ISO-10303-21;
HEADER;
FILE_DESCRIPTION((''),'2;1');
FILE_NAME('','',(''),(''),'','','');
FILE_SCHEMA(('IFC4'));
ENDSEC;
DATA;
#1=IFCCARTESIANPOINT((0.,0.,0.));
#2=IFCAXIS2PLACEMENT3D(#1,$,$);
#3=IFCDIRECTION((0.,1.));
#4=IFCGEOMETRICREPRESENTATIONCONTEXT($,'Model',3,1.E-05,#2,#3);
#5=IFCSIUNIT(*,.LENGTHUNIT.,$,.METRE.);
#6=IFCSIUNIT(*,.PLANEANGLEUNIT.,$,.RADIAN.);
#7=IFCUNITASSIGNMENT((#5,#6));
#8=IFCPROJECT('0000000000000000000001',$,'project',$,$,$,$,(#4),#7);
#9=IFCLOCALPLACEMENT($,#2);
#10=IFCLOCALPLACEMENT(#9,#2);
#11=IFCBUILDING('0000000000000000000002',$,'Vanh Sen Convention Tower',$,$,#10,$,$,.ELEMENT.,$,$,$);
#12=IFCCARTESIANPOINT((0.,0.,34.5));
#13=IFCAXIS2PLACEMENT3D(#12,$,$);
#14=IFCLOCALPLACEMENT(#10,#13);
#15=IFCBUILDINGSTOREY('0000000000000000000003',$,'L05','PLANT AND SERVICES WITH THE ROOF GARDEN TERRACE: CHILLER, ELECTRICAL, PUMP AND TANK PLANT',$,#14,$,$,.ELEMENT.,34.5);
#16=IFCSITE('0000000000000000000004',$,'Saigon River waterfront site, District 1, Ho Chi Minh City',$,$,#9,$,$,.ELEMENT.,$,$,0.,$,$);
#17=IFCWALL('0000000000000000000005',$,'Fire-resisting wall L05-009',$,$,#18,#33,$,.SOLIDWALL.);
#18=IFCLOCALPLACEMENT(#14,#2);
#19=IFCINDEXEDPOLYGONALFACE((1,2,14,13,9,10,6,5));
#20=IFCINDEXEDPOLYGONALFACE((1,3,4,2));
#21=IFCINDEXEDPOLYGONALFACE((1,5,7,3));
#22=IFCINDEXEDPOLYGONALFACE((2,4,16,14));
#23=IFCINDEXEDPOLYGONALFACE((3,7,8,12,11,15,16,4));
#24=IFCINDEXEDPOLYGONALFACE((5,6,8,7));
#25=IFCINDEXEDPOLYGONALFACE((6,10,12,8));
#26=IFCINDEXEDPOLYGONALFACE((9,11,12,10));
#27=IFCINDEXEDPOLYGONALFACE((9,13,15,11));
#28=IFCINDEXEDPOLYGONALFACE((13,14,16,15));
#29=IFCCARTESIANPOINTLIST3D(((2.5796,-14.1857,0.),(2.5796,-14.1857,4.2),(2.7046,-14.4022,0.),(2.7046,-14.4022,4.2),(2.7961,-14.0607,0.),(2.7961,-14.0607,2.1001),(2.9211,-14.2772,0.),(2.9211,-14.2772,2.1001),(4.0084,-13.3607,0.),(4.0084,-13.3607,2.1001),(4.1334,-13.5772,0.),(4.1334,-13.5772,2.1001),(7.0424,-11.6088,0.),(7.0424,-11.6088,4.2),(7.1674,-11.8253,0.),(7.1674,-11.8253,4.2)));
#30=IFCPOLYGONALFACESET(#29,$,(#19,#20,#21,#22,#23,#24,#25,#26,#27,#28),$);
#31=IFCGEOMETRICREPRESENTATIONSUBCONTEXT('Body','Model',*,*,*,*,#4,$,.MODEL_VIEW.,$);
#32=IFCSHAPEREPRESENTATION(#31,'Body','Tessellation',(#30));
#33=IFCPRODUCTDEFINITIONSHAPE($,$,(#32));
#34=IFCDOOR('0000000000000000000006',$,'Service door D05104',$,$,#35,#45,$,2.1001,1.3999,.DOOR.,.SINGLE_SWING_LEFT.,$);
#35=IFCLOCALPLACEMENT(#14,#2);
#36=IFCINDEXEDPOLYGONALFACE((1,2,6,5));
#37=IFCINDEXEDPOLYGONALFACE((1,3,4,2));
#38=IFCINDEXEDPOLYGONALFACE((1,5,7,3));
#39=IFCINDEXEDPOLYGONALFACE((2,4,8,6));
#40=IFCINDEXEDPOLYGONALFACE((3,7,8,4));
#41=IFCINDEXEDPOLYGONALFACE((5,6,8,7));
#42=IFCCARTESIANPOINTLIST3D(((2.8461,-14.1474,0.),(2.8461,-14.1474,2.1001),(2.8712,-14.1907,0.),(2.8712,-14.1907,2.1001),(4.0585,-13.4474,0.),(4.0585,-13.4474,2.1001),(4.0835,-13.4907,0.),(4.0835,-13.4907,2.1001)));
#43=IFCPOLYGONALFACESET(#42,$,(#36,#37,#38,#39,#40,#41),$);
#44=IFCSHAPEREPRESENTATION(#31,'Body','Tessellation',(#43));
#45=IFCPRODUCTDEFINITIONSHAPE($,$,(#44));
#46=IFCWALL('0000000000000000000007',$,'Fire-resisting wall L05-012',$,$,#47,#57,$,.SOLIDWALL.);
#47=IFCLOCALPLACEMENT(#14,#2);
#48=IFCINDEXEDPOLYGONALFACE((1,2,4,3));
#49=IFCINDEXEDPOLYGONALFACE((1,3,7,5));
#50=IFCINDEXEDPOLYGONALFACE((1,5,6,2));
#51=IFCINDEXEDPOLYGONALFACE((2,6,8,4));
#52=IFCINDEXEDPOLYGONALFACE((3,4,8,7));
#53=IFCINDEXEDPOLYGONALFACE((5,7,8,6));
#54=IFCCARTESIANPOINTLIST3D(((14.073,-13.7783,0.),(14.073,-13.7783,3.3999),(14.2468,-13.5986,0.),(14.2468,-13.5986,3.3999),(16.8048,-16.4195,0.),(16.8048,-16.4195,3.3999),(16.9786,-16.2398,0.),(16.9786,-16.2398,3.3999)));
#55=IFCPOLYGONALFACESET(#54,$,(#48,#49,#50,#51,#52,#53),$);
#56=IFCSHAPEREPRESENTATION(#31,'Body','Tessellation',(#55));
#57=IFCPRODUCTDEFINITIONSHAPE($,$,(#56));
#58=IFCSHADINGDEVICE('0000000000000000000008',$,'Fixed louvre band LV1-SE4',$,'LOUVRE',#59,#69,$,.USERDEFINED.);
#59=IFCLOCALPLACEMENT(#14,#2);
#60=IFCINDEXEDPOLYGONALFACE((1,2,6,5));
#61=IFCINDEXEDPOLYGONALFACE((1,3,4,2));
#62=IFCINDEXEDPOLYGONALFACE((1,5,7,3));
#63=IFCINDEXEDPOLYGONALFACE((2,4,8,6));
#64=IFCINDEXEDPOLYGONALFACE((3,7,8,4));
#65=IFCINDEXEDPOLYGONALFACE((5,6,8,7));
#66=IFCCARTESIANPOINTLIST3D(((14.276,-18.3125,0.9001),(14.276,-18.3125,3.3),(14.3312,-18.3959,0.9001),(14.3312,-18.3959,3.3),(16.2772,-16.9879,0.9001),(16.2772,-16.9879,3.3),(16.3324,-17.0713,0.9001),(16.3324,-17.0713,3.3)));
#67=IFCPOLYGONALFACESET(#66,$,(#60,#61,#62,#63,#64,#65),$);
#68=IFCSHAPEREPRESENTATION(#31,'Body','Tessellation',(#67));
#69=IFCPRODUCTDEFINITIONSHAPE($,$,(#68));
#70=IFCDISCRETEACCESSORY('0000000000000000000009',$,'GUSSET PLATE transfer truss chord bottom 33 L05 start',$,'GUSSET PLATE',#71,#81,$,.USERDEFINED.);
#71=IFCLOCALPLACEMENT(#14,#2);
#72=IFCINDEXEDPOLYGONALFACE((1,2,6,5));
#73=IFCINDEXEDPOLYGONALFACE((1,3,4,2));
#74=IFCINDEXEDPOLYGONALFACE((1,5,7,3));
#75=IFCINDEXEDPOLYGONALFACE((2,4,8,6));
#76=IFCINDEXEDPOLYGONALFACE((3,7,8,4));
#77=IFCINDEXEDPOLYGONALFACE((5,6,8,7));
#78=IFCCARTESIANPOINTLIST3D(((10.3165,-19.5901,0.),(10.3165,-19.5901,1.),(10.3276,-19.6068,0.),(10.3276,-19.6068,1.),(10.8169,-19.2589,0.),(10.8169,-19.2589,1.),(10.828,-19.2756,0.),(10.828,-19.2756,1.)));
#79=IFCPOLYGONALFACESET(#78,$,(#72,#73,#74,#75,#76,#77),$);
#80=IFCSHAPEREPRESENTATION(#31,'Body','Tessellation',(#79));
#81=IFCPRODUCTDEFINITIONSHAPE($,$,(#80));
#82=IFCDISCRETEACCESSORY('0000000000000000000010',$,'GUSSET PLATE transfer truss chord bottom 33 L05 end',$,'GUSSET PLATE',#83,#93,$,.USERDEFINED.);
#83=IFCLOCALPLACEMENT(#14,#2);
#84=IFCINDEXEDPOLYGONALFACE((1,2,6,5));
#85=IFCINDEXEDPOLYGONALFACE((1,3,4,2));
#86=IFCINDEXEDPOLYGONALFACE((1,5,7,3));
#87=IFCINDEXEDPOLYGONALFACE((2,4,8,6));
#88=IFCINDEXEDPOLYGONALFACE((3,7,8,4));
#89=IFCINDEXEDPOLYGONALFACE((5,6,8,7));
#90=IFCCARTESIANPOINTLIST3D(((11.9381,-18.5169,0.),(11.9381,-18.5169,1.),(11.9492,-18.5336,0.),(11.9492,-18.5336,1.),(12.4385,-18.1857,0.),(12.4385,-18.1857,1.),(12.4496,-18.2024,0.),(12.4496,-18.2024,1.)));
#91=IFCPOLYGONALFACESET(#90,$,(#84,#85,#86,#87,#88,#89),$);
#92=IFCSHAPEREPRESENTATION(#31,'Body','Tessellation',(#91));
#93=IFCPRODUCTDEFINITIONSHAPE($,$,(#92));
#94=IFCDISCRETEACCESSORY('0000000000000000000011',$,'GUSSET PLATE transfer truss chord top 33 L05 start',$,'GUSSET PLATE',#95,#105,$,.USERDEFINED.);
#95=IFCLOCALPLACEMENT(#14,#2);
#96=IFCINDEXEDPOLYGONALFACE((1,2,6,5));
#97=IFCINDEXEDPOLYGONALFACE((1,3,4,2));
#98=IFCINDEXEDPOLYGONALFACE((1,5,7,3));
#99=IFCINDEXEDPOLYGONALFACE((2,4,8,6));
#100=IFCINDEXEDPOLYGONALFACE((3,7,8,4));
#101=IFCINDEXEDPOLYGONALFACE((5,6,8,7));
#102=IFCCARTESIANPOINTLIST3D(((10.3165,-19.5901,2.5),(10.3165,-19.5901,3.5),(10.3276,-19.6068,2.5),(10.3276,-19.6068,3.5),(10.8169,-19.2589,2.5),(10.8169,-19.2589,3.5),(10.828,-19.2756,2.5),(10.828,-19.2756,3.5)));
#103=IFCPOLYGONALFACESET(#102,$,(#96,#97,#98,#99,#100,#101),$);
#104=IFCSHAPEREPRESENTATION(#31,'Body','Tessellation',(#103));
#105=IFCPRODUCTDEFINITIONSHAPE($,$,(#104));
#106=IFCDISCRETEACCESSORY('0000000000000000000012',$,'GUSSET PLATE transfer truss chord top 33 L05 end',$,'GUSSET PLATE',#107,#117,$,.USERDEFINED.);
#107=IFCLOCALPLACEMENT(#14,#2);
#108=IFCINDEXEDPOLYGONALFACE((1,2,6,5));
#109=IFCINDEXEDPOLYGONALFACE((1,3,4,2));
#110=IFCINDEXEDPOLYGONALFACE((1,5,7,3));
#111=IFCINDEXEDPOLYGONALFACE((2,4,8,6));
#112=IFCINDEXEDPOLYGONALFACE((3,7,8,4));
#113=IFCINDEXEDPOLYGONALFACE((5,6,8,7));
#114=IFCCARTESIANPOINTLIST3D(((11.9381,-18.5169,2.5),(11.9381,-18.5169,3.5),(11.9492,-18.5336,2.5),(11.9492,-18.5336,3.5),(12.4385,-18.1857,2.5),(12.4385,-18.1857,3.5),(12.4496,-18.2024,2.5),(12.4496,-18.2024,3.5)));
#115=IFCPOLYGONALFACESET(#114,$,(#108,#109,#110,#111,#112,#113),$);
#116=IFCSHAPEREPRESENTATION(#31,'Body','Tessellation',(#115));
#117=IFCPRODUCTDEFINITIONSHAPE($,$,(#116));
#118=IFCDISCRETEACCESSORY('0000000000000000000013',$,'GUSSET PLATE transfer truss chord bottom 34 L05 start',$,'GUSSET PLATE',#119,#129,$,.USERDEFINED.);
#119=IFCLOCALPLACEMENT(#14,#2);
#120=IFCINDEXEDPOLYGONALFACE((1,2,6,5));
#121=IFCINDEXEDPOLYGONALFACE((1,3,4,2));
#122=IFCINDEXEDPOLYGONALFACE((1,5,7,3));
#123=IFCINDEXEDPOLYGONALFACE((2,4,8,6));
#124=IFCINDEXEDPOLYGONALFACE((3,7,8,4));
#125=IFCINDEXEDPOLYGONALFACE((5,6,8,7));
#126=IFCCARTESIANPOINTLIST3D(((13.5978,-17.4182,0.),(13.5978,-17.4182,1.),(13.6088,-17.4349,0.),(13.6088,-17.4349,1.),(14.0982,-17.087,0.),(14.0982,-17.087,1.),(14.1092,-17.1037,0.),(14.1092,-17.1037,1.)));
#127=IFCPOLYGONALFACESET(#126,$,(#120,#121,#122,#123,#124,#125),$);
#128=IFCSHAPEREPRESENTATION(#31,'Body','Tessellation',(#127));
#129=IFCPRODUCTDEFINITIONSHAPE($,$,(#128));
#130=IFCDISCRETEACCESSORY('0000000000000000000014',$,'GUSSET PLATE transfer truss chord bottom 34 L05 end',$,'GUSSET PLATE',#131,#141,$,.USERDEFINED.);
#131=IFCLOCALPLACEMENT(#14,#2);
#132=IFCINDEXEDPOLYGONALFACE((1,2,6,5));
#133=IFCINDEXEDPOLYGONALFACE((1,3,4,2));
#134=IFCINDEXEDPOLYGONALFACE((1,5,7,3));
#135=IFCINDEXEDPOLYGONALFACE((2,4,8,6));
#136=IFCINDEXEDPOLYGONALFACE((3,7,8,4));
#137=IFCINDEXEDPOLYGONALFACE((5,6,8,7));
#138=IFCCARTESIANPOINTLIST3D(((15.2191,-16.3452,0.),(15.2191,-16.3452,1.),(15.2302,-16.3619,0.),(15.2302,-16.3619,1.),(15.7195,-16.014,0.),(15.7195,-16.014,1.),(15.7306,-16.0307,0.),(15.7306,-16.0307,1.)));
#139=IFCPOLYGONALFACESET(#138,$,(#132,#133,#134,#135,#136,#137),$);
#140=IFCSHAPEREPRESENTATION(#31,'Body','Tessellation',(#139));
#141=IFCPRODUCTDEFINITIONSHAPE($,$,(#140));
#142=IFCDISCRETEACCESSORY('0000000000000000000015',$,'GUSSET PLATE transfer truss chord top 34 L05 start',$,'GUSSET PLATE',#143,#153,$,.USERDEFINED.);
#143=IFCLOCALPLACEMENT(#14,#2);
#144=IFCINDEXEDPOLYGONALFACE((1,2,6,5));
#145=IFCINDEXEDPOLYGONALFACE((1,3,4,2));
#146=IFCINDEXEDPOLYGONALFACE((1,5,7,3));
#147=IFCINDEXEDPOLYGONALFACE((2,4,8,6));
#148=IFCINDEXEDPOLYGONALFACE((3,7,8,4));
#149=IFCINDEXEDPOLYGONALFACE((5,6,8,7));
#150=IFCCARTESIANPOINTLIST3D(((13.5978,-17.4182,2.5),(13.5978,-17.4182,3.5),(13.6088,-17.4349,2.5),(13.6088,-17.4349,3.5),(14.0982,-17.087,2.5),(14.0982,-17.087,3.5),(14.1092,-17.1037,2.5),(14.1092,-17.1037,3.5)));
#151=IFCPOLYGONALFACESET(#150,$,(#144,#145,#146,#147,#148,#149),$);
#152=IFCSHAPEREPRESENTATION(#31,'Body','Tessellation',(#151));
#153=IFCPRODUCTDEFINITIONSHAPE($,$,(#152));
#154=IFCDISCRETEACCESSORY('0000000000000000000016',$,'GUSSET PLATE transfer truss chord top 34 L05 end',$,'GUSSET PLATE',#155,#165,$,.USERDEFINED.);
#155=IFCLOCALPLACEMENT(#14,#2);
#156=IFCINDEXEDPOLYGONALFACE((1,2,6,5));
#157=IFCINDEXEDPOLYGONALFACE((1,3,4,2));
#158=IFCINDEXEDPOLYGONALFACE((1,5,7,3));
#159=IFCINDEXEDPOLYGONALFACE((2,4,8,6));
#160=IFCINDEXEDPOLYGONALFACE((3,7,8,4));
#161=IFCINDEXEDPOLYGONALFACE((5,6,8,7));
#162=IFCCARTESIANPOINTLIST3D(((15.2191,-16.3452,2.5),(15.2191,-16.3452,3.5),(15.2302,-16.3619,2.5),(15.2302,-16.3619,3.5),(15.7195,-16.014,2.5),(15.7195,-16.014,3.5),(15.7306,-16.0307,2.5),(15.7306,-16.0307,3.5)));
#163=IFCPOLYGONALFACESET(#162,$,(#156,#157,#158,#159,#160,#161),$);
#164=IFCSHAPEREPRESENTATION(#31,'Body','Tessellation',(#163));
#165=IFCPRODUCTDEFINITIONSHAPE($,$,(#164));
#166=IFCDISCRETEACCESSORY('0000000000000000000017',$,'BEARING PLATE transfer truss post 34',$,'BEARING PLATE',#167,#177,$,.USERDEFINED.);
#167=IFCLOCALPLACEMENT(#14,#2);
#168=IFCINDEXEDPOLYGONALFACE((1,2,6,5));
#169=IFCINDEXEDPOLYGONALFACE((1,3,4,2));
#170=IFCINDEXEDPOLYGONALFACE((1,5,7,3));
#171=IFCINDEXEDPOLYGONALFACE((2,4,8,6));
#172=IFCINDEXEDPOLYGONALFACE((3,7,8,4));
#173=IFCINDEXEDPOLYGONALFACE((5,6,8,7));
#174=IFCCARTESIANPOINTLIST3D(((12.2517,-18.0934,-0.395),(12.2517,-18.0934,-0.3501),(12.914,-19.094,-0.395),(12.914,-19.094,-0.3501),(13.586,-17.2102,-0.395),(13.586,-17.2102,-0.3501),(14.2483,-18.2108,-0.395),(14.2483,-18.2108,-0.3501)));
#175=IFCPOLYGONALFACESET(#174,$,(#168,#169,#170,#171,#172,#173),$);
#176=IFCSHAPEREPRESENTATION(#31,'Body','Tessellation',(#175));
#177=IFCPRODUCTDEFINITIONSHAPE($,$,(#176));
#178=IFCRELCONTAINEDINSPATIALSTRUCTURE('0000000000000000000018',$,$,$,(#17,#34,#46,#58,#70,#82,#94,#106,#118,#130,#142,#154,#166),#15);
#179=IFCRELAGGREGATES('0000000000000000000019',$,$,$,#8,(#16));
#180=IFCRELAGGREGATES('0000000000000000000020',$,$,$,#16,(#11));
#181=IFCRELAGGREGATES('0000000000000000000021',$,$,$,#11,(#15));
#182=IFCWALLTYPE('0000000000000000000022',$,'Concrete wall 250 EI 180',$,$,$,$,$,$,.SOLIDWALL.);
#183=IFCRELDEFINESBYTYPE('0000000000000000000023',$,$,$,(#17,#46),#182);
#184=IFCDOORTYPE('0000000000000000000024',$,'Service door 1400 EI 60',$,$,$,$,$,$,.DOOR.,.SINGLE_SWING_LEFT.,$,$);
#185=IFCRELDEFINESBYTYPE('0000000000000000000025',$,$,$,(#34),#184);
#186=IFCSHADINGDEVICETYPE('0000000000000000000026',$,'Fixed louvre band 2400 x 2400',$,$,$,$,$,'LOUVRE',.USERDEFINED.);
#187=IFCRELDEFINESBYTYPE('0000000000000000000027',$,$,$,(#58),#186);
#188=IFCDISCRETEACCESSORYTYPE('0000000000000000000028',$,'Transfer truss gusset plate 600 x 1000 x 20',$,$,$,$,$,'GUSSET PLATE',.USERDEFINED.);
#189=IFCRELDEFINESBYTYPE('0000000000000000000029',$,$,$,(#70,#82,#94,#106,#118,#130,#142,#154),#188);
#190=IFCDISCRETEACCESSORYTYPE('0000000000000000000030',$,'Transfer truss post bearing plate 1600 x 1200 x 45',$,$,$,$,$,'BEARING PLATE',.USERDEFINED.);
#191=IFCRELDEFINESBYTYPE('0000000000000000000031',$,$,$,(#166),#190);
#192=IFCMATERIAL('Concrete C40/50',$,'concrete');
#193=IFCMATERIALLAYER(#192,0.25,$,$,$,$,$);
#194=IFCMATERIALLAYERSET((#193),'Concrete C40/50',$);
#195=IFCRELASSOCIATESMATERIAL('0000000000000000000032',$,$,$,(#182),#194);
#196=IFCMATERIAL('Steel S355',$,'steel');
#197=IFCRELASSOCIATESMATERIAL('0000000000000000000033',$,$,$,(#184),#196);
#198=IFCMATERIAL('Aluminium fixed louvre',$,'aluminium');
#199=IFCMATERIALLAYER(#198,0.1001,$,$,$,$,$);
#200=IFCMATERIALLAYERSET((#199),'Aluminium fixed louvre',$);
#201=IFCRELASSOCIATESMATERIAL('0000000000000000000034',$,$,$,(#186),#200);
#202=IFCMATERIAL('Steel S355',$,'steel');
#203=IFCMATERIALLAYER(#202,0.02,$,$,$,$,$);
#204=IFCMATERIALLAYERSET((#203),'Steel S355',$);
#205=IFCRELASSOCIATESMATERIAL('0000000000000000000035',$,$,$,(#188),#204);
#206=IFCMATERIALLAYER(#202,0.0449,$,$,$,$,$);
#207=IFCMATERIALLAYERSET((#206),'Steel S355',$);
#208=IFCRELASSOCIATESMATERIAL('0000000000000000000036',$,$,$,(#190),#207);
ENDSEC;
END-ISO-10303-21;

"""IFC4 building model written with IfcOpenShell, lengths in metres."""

from ifc_helpers import new_model, si_unit, direction, frame, frame_2d, origin, origin_2d, place, context, subcontext, project, spatial, rectangle, extrude, material, layer, layer_set, type_object, element, fill, save


model = new_model("IFC4")

# Units and contexts
model_context = context("Model", 3, precision=1e-05, world=origin(), true_north=direction((0.0, 1.0)))
body_context = subcontext(model_context, "Body", "Model", "MODEL_VIEW")
ifc_project = project(units=[si_unit("LENGTHUNIT", "METRE"), si_unit("PLANEANGLEUNIT", "RADIAN")], contexts=[model_context])

# Site, building, storey
site_placement = place(None, origin())
site = spatial("IfcSite", under=ifc_project, at=site_placement, Name="Saigon River waterfront site, District 1, Ho Chi Minh City", CompositionType="ELEMENT", RefElevation=0.0)
building_placement = place(site_placement, origin())
building = spatial("IfcBuilding", under=site, at=building_placement, Name="Vanh Sen Convention Tower", CompositionType="ELEMENT")
storey_placement = place(building_placement, frame((0.0, 0.0, 34.5)))
storey = spatial("IfcBuildingStorey", under=building, at=storey_placement, Name="L05", Description="PLANT AND SERVICES WITH THE ROOF GARDEN TERRACE: CHILLER, ELECTRICAL, PUMP AND TANK PLANT", CompositionType="ELEMENT", Elevation=34.5)

# Shared definitions
ifc_material_1 = material(Name="Steel S355", Category="steel")

# Shared definitions
ifc_material_2 = material(Name="Concrete C40/50", Category="concrete")
ifc_layer_1 = layer(ifc_material_2, 0.25)
ifc_layer_set_1 = layer_set([ifc_layer_1], Name="Concrete C40/50")
wall_type = type_object("IfcWallType", Name="Concrete wall 250 EI 180", PredefinedType="SOLIDWALL", material=ifc_layer_set_1)

# Wall, opening, door
wall_1_placement = place(storey_placement, frame((2.6421, -14.2939, 0.0), z_axis=(0.0, 0.0, 1.0), x_axis=(0.866004, 0.500037, 0.0)))
wall_1 = element("IfcWall", 1, at=wall_1_placement, inside=storey, type_object=wall_type, Name="Fire-resisting wall L05-009", PredefinedType="SOLIDWALL", context=body_context, shape_type="SweptSolid", body=[
    extrude(rectangle(XDim=5.1533, YDim=0.25, at=frame_2d((2.5767, 0.0))), origin(), (0.0, 0.0, 1.0), 4.2),
])
opening_placement = place(wall_1_placement, frame((0.25, 0.0, 0.0)))
opening = element("IfcOpeningElement", 2, at=opening_placement, cuts=wall_1, PredefinedType="OPENING", context=body_context, shape_type="SweptSolid", body=[
    extrude(rectangle(XDim=1.3999, YDim=2.1001, at=frame_2d((0.7, 1.05))), frame((0.0, 0.135, 0.0), z_axis=(0.0, -1.0, 0.0), x_axis=(1.0, 0.0, 0.0)), (0.0, 0.0, 1.0), 0.27),
])
ifc_material_3 = material(Name="Steel S355", Category="steel")
door_type = type_object("IfcDoorType", Name="Service door 1400 EI 60", OperationType="SINGLE_SWING_LEFT", PredefinedType="DOOR", material=ifc_material_3)
door_placement = place(opening_placement, origin())
door = element("IfcDoor", 3, at=door_placement, inside=storey, type_object=door_type, Name="Service door D05104", OperationType="SINGLE_SWING_LEFT", OverallHeight=2.1001, OverallWidth=1.3999, PredefinedType="DOOR", context=body_context, shape_type="SweptSolid", body=[
    extrude(rectangle(XDim=1.3999, YDim=2.1001, at=frame_2d((0.7, 1.05))), frame((0.0, 0.0249, 0.0), z_axis=(0.0, -1.0, 0.0), x_axis=(1.0, 0.0, 0.0)), (0.0, 0.0, 1.0), 0.05),
])
fill(opening, door)

# Wall
wall_2_placement = place(storey_placement, frame((14.1599, -13.6885, 0.0), z_axis=(0.0, 0.0, 1.0), x_axis=(0.718925, -0.695087, 0.0)))
element("IfcWall", 4, at=wall_2_placement, inside=storey, type_object=wall_type, Name="Fire-resisting wall L05-012", PredefinedType="SOLIDWALL", context=body_context, shape_type="SweptSolid", body=[
    extrude(rectangle(XDim=3.7998, YDim=0.25, at=frame_2d((1.8999, 0.0))), origin(), (0.0, 0.0, 1.0), 3.3999),
])

# Shading device
ifc_material_4 = material(Name="Aluminium fixed louvre", Category="aluminium")
ifc_layer_2 = layer(ifc_material_4, 0.1001)
ifc_layer_set_2 = layer_set([ifc_layer_2], Name="Aluminium fixed louvre")
shading_device_type = type_object("IfcShadingDeviceType", Name="Fixed louvre band 2400 x 2400", ElementType="LOUVRE", PredefinedType="USERDEFINED", material=ifc_layer_set_2)
shading_device_placement = place(storey_placement, frame((15.3042, -17.6919, 0.9001), z_axis=(0.0, 0.0, 1.0), x_axis=(0.833886, 0.551937, 0.0)))
element("IfcShadingDevice", 5, at=shading_device_placement, inside=storey, type_object=shading_device_type, Name="Fixed louvre band LV1-SE4", ObjectType="LOUVRE", PredefinedType="USERDEFINED", context=body_context, shape_type="SweptSolid", body=[
    extrude(rectangle(XDim=2.3999, YDim=0.1001, at=origin_2d()), origin(), (0.0, 0.0, 1.0), 2.3999),
])

# Discrete accessories
ifc_layer_3 = layer(ifc_material_1, 0.02)
ifc_layer_set_3 = layer_set([ifc_layer_3], Name="Steel S355")
discrete_accessory_type_1 = type_object("IfcDiscreteAccessoryType", Name="Transfer truss gusset plate 600 x 1000 x 20", ElementType="GUSSET PLATE", PredefinedType="USERDEFINED", material=ifc_layer_set_3)
for number, where, z_axis, x_axis, name in (
    (6, (10.5723, -19.4329, 0.0), (0.0, 0.0, 1.0), (0.83388, 0.551946, 0.0), "GUSSET PLATE transfer truss chord bottom 33 L05 start"),
    (7, (12.1938, -18.3596, 0.0), (0.0, 0.0, 1.0), (-0.83388, -0.551946, 0.0), "GUSSET PLATE transfer truss chord bottom 33 L05 end"),
    (8, (10.5723, -19.4329, 2.5), (0.0, 0.0, 1.0), (0.83388, 0.551946, 0.0), "GUSSET PLATE transfer truss chord top 33 L05 start"),
    (9, (12.1938, -18.3596, 2.5), (0.0, 0.0, 1.0), (-0.83388, -0.551946, 0.0), "GUSSET PLATE transfer truss chord top 33 L05 end"),
    (10, (13.8535, -17.261, 0.0), (0.0, 0.0, 1.0), (0.833892, 0.551928, 0.0), "GUSSET PLATE transfer truss chord bottom 34 L05 start"),
    (11, (15.4749, -16.188, 0.0), (0.0, 0.0, 1.0), (-0.833892, -0.551928, 0.0), "GUSSET PLATE transfer truss chord bottom 34 L05 end"),
    (12, (13.8535, -17.261, 2.5), (0.0, 0.0, 1.0), (0.833892, 0.551928, 0.0), "GUSSET PLATE transfer truss chord top 34 L05 start"),
    (13, (15.4749, -16.188, 2.5), (0.0, 0.0, 1.0), (-0.833892, -0.551928, 0.0), "GUSSET PLATE transfer truss chord top 34 L05 end"),
):
    element("IfcDiscreteAccessory", number, at=place(storey_placement, frame(where, z_axis=z_axis, x_axis=x_axis)), inside=storey, type_object=discrete_accessory_type_1, Name=name, ObjectType="GUSSET PLATE", PredefinedType="USERDEFINED", context=body_context, shape_type="SweptSolid", body=[
        extrude(rectangle(XDim=0.6001, YDim=0.02, at=origin_2d()), origin(), (0.0, 0.0, 1.0), 1.0),
    ])
ifc_layer_4 = layer(ifc_material_1, 0.0449)
ifc_layer_set_4 = layer_set([ifc_layer_4], Name="Steel S355")
discrete_accessory_type_2 = type_object("IfcDiscreteAccessoryType", Name="Transfer truss post bearing plate 1600 x 1200 x 45", ElementType="BEARING PLATE", PredefinedType="USERDEFINED", material=ifc_layer_set_4)
discrete_accessory_placement = place(storey_placement, frame((13.25, -18.1521, -0.395), z_axis=(0.0, 0.0, 1.0), x_axis=(0.833886, 0.551937, 0.0)))
element("IfcDiscreteAccessory", 14, at=discrete_accessory_placement, inside=storey, type_object=discrete_accessory_type_2, Name="BEARING PLATE transfer truss post 34", ObjectType="BEARING PLATE", PredefinedType="USERDEFINED", context=body_context, shape_type="SweptSolid", body=[
    extrude(rectangle(XDim=1.6001, YDim=1.2, at=origin_2d()), origin(), (0.0, 0.0, 1.0), 0.0449),
])

save(model, "model.ifc")
